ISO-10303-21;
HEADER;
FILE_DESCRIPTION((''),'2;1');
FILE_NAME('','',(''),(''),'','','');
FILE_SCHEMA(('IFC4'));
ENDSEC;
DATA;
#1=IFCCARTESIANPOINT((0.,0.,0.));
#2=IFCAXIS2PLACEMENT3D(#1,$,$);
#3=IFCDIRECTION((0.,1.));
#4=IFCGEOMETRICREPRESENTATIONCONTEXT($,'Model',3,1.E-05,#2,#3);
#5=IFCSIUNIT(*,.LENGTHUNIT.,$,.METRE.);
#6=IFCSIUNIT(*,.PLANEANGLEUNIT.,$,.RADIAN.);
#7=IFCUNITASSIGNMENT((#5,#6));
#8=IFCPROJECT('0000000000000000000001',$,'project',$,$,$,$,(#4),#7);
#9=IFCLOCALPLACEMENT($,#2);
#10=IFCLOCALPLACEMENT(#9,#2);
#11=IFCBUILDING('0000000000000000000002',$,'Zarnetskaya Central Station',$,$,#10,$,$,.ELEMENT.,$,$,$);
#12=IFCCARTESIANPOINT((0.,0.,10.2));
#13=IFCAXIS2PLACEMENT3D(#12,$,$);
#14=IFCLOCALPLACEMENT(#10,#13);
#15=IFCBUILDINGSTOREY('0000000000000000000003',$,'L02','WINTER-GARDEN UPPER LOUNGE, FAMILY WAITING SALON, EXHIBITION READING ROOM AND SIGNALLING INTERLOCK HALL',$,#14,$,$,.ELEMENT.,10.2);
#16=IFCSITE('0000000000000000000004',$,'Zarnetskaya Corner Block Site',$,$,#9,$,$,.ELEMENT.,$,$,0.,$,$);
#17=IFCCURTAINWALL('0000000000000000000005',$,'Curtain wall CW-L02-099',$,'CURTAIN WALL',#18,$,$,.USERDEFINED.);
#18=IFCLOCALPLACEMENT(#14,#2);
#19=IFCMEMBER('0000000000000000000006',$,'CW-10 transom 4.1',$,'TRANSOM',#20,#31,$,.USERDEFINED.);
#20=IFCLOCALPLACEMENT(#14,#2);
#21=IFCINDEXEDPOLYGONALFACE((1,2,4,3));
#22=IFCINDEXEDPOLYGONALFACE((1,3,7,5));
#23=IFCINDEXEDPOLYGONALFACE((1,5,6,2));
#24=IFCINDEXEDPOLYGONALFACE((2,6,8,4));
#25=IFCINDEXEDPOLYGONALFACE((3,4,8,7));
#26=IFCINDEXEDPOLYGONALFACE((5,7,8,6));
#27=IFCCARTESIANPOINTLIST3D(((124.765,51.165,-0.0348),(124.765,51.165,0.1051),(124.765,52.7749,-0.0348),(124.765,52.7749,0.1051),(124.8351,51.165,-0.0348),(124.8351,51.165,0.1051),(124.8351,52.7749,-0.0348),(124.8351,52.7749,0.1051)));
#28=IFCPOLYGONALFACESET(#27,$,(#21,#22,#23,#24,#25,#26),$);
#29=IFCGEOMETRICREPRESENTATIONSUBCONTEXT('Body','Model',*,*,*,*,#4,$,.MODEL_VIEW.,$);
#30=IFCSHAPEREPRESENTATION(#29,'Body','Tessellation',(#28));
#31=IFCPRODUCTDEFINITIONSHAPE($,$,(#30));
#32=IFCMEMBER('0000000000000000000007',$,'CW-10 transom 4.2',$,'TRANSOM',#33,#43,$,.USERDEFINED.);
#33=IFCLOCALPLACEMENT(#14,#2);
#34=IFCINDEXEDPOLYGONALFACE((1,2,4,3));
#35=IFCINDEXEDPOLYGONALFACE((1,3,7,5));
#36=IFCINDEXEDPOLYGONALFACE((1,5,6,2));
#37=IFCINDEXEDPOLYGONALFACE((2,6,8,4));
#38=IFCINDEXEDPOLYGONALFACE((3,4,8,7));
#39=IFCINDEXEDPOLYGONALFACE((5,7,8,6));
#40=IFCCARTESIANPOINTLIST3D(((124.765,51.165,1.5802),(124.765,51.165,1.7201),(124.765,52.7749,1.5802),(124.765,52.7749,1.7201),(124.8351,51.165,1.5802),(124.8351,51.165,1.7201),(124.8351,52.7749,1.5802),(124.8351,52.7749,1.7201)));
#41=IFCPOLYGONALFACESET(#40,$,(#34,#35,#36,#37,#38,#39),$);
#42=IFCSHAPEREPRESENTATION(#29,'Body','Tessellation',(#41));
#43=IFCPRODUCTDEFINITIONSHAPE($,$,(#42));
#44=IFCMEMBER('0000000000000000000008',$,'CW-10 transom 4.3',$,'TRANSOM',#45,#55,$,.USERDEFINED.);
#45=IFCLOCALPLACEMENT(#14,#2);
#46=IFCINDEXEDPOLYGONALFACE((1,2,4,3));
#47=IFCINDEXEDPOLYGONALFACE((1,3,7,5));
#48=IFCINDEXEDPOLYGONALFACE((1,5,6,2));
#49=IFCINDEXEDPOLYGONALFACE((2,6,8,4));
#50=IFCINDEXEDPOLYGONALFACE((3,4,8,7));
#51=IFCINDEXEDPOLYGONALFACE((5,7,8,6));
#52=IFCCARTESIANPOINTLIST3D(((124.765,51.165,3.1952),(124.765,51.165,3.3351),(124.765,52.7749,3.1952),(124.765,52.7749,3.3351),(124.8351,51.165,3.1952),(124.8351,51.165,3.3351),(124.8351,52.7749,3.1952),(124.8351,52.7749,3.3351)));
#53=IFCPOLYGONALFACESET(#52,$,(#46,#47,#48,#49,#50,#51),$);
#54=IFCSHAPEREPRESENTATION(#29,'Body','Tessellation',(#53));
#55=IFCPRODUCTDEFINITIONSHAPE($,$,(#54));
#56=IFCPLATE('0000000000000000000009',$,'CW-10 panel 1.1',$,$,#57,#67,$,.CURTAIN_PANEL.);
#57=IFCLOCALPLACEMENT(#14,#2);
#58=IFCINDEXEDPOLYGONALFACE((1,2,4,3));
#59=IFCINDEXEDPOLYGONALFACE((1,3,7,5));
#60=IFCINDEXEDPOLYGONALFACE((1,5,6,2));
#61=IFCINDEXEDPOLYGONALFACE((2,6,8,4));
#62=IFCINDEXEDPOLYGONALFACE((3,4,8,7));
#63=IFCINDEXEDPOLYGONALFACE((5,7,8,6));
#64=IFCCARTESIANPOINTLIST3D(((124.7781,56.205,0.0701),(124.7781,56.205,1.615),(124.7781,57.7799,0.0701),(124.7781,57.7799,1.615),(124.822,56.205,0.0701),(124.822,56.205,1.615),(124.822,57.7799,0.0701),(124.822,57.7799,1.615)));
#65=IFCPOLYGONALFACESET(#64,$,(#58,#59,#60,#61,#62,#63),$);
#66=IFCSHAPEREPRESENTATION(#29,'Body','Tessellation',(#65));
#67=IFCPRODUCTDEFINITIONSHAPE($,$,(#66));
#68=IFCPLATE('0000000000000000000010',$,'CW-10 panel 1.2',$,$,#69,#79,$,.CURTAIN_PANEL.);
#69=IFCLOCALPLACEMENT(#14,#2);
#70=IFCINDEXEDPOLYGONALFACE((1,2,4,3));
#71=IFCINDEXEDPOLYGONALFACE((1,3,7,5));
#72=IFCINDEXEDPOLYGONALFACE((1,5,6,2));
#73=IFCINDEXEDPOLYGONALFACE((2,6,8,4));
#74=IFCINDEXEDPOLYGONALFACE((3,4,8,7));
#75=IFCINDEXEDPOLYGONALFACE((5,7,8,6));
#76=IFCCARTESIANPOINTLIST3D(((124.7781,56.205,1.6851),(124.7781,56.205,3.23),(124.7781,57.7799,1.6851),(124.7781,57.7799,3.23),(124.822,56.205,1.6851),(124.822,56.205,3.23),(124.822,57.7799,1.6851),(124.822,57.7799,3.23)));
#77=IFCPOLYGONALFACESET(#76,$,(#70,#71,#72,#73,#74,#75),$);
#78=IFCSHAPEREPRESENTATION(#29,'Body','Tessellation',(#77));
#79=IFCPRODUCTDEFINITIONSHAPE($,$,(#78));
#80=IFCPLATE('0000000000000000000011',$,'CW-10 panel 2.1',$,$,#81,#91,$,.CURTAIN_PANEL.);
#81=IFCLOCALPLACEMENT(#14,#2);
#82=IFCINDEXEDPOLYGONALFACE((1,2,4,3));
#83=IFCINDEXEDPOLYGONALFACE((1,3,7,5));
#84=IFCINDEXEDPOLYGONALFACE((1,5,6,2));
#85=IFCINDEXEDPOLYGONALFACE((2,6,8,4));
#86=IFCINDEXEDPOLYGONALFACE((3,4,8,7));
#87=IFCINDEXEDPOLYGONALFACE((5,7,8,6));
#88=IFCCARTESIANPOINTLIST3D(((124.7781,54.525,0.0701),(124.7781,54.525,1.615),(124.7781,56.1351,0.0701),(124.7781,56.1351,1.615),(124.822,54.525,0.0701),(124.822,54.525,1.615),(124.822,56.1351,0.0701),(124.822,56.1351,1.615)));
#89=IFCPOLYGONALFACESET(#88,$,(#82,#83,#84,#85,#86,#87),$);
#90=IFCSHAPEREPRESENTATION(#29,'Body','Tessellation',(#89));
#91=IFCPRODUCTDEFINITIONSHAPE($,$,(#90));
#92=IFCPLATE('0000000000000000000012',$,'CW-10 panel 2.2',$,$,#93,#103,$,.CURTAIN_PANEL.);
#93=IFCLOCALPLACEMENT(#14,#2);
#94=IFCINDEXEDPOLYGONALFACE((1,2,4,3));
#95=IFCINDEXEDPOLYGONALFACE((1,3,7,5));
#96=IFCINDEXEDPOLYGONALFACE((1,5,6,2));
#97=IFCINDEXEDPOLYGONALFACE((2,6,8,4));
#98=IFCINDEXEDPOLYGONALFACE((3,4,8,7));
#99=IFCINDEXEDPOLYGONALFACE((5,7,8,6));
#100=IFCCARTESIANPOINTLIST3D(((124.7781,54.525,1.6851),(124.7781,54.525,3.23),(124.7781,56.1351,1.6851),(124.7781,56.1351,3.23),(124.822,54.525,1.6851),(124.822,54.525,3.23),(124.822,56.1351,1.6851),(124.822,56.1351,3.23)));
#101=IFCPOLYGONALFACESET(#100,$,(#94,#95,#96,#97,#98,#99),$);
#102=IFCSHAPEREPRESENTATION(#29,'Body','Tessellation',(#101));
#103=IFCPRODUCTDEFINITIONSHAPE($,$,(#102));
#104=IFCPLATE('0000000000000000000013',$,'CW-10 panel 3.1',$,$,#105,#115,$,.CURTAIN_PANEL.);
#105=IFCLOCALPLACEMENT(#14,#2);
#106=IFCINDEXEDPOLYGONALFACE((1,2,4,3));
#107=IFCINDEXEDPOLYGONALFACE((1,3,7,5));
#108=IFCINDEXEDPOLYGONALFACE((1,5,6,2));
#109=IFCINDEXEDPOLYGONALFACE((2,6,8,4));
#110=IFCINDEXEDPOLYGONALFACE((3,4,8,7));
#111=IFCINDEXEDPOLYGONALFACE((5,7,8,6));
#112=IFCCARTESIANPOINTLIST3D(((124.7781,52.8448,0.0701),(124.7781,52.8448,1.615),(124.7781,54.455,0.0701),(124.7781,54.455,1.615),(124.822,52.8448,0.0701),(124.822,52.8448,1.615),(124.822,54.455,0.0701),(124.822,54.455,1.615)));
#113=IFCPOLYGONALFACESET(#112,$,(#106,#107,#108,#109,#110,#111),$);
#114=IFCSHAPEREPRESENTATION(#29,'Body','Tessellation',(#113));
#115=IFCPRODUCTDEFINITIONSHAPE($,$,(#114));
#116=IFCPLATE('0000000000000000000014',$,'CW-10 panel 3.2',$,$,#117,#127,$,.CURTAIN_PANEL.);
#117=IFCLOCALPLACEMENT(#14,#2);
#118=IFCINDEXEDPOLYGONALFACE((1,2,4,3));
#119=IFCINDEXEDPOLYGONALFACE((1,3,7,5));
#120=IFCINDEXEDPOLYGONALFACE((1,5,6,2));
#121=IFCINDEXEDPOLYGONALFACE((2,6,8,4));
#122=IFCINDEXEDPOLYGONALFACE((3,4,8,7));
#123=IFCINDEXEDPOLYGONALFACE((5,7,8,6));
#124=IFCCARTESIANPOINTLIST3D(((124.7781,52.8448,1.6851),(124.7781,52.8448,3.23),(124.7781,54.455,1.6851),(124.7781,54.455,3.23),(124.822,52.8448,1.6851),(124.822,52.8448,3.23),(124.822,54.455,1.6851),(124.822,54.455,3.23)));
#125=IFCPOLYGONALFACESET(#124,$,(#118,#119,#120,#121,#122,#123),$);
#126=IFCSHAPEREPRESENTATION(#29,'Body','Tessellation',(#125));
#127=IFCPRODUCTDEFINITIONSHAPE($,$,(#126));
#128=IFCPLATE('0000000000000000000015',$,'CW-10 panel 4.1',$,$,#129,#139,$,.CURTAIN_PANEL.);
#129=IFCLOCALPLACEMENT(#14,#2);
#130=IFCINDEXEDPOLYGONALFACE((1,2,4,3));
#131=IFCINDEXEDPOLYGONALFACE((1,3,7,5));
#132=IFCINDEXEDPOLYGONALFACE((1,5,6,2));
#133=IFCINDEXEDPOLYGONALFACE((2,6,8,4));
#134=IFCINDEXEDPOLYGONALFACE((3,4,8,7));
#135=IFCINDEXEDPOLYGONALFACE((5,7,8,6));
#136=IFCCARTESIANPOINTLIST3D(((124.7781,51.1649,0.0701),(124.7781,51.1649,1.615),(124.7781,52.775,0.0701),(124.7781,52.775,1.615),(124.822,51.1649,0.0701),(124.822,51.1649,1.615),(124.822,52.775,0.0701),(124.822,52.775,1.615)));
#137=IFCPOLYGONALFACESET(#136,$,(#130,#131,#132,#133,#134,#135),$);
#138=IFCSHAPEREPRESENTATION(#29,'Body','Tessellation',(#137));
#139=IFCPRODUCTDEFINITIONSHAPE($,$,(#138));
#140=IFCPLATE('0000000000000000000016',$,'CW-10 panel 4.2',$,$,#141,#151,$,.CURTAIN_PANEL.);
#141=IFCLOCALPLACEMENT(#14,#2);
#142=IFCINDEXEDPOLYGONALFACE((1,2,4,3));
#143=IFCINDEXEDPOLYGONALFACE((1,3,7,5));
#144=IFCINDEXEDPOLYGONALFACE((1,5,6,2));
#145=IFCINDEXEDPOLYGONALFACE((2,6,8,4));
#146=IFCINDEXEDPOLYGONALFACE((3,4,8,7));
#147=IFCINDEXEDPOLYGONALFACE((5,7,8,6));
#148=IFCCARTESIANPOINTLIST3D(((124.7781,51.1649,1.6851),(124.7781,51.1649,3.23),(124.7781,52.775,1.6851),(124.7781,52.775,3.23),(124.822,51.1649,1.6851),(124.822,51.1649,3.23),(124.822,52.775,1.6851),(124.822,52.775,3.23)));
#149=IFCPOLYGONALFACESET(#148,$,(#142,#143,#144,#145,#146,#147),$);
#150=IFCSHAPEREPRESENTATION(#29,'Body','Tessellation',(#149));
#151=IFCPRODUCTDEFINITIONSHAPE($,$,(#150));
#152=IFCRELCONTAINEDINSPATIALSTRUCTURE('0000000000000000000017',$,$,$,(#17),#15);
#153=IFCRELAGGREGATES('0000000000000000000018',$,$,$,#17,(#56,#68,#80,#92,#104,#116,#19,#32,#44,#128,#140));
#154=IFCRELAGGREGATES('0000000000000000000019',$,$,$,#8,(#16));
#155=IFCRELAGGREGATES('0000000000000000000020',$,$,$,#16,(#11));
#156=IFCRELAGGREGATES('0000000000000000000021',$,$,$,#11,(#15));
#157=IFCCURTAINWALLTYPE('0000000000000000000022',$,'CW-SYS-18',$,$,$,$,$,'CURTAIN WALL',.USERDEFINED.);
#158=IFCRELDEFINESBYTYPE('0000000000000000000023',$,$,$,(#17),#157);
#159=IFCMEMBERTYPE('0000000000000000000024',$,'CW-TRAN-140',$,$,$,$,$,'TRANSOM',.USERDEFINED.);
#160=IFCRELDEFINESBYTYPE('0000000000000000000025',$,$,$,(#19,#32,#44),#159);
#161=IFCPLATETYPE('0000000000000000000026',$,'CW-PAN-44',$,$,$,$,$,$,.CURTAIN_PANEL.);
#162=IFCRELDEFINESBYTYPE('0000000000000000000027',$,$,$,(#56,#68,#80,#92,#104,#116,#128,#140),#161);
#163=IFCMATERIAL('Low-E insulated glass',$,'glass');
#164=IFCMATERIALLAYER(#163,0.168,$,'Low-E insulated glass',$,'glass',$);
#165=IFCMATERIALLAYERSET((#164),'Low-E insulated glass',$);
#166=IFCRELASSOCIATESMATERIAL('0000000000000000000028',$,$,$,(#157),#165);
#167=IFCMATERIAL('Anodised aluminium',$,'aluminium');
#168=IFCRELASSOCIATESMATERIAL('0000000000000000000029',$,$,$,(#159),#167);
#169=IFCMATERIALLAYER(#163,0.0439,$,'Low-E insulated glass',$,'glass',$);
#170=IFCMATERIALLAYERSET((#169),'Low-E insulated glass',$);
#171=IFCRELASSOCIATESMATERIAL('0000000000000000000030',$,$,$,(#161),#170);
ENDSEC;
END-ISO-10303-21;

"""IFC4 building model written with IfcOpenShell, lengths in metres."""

from ifc_helpers import new_model, si_unit, direction, frame, origin, origin_2d, place, context, subcontext, project, spatial, rectangle, extrude, material, layer, layer_set, material_profile, profile_set, type_object, element, aggregate, save


model = new_model("IFC4")

# Units and contexts
model_context = context("Model", 3, precision=1e-05, world=origin(), true_north=direction((0.0, 1.0)))
body_context = subcontext(model_context, "Body", "Model", "MODEL_VIEW")
ifc_project = project(units=[si_unit("LENGTHUNIT", "METRE"), si_unit("PLANEANGLEUNIT", "RADIAN")], contexts=[model_context])

# Site, building, storey
site_placement = place(None, origin())
site = spatial("IfcSite", under=ifc_project, at=site_placement, Name="Zarnetskaya Corner Block Site", CompositionType="ELEMENT", RefElevation=0.0)
building_placement = place(site_placement, origin())
building = spatial("IfcBuilding", under=site, at=building_placement, Name="Zarnetskaya Central Station", CompositionType="ELEMENT")
storey_placement = place(building_placement, frame((0.0, 0.0, 10.2)))
storey = spatial("IfcBuildingStorey", under=building, at=storey_placement, Name="L02", Description="WINTER-GARDEN UPPER LOUNGE, FAMILY WAITING SALON, EXHIBITION READING ROOM AND SIGNALLING INTERLOCK HALL", CompositionType="ELEMENT", Elevation=10.2)

# Curtain wall, members, plates
ifc_material_1 = material(Name="Low-E insulated glass", Category="glass")
ifc_layer_1 = layer(ifc_material_1, 0.168, Name="Low-E insulated glass", Category="glass")
ifc_layer_set_1 = layer_set([ifc_layer_1], Name="Low-E insulated glass")
curtain_wall_type = type_object("IfcCurtainWallType", Name="CW-SYS-18", ElementType="CURTAIN WALL", PredefinedType="USERDEFINED", material=ifc_layer_set_1)
curtain_wall_placement = place(storey_placement, origin())
curtain_wall = element("IfcCurtainWall", 1, at=curtain_wall_placement, inside=storey, type_object=curtain_wall_type, Name="Curtain wall CW-L02-099", ObjectType="CURTAIN WALL", PredefinedType="USERDEFINED")
ifc_material_2 = material(Name="Anodised aluminium", Category="aluminium")
ifc_material_profile_1 = material_profile(ifc_material_2, rectangle(XDim=0.0701, YDim=0.1399, at=origin_2d()), Name="ALU TRAN 70x140")
ifc_profile_set_1 = profile_set([ifc_material_profile_1], Name="Anodised aluminium")
member_type_1 = type_object("IfcMemberType", Name="CW-TRAN-140", ElementType="TRANSOM", PredefinedType="USERDEFINED", material=ifc_profile_set_1)
member_1_placement = place(storey_placement, frame((124.8, 52.7749, 0.0352), z_axis=(0.0, -1.0, 0.0), x_axis=(1.0, 0.0, 0.0)))
member_1 = element("IfcMember", 2, at=member_1_placement, type_object=member_type_1, Name="CW-10 transom 4.1", ObjectType="TRANSOM", PredefinedType="USERDEFINED", context=body_context, shape_type="SweptSolid", body=[
    extrude(rectangle(XDim=0.0701, YDim=0.1399, at=origin_2d()), origin(), (0.0, 0.0, 1.0), 1.6099),
])
member_2_placement = place(storey_placement, frame((124.8, 52.7749, 1.6501), z_axis=(0.0, -1.0, 0.0), x_axis=(1.0, 0.0, 0.0)))
member_2 = element("IfcMember", 3, at=member_2_placement, type_object=member_type_1, Name="CW-10 transom 4.2", ObjectType="TRANSOM", PredefinedType="USERDEFINED", context=body_context, shape_type="SweptSolid", body=[
    extrude(rectangle(XDim=0.0701, YDim=0.1399, at=origin_2d()), origin(), (0.0, 0.0, 1.0), 1.6099),
])
member_3_placement = place(storey_placement, frame((124.8, 52.7749, 3.2651), z_axis=(0.0, -1.0, 0.0), x_axis=(1.0, 0.0, 0.0)))
member_3 = element("IfcMember", 4, at=member_3_placement, type_object=member_type_1, Name="CW-10 transom 4.3", ObjectType="TRANSOM", PredefinedType="USERDEFINED", context=body_context, shape_type="SweptSolid", body=[
    extrude(rectangle(XDim=0.0701, YDim=0.1399, at=origin_2d()), origin(), (0.0, 0.0, 1.0), 1.6099),
])
ifc_layer_2 = layer(ifc_material_1, 0.0439, Name="Low-E insulated glass", Category="glass")
ifc_layer_set_2 = layer_set([ifc_layer_2], Name="Low-E insulated glass")
plate_type = type_object("IfcPlateType", Name="CW-PAN-44", PredefinedType="CURTAIN_PANEL", material=ifc_layer_set_2)
plate_1_placement = place(storey_placement, frame((124.8, 56.9924, 0.0701), z_axis=(0.0, 0.0, 1.0), x_axis=(0.0, -1.0, 0.0)))
plate_1 = element("IfcPlate", 5, at=plate_1_placement, type_object=plate_type, Name="CW-10 panel 1.1", PredefinedType="CURTAIN_PANEL", context=body_context, shape_type="SweptSolid", body=[
    extrude(rectangle(XDim=1.575, YDim=0.0439, at=origin_2d()), origin(), (0.0, 0.0, 1.0), 1.5449),
])
plate_2_placement = place(storey_placement, frame((124.8, 56.9924, 1.6851), z_axis=(0.0, 0.0, 1.0), x_axis=(0.0, -1.0, 0.0)))
plate_2 = element("IfcPlate", 6, at=plate_2_placement, type_object=plate_type, Name="CW-10 panel 1.2", PredefinedType="CURTAIN_PANEL", context=body_context, shape_type="SweptSolid", body=[
    extrude(rectangle(XDim=1.575, YDim=0.0439, at=origin_2d()), origin(), (0.0, 0.0, 1.0), 1.5449),
])
plate_3_placement = place(storey_placement, frame((124.8, 55.3301, 0.0701), z_axis=(0.0, 0.0, 1.0), x_axis=(0.0, -1.0, 0.0)))
plate_3 = element("IfcPlate", 7, at=plate_3_placement, type_object=plate_type, Name="CW-10 panel 2.1", PredefinedType="CURTAIN_PANEL", context=body_context, shape_type="SweptSolid", body=[
    extrude(rectangle(XDim=1.6101, YDim=0.0439, at=origin_2d()), origin(), (0.0, 0.0, 1.0), 1.5449),
])
plate_4_placement = place(storey_placement, frame((124.8, 55.3301, 1.6851), z_axis=(0.0, 0.0, 1.0), x_axis=(0.0, -1.0, 0.0)))
plate_4 = element("IfcPlate", 8, at=plate_4_placement, type_object=plate_type, Name="CW-10 panel 2.2", PredefinedType="CURTAIN_PANEL", context=body_context, shape_type="SweptSolid", body=[
    extrude(rectangle(XDim=1.6101, YDim=0.0439, at=origin_2d()), origin(), (0.0, 0.0, 1.0), 1.5449),
])
plate_5_placement = place(storey_placement, frame((124.8, 53.6499, 0.0701), z_axis=(0.0, 0.0, 1.0), x_axis=(0.0, -1.0, 0.0)))
plate_5 = element("IfcPlate", 9, at=plate_5_placement, type_object=plate_type, Name="CW-10 panel 3.1", PredefinedType="CURTAIN_PANEL", context=body_context, shape_type="SweptSolid", body=[
    extrude(rectangle(XDim=1.6101, YDim=0.0439, at=origin_2d()), origin(), (0.0, 0.0, 1.0), 1.5449),
])
plate_6_placement = place(storey_placement, frame((124.8, 53.6499, 1.6851), z_axis=(0.0, 0.0, 1.0), x_axis=(0.0, -1.0, 0.0)))
plate_6 = element("IfcPlate", 10, at=plate_6_placement, type_object=plate_type, Name="CW-10 panel 3.2", PredefinedType="CURTAIN_PANEL", context=body_context, shape_type="SweptSolid", body=[
    extrude(rectangle(XDim=1.6101, YDim=0.0439, at=origin_2d()), origin(), (0.0, 0.0, 1.0), 1.5449),
])
plate_7_placement = place(storey_placement, frame((124.8, 51.97, 0.0701), z_axis=(0.0, 0.0, 1.0), x_axis=(0.0, -1.0, 0.0)))
plate_7 = element("IfcPlate", 11, at=plate_7_placement, type_object=plate_type, Name="CW-10 panel 4.1", PredefinedType="CURTAIN_PANEL", context=body_context, shape_type="SweptSolid", body=[
    extrude(rectangle(XDim=1.6101, YDim=0.0439, at=origin_2d()), origin(), (0.0, 0.0, 1.0), 1.5449),
])
plate_8_placement = place(storey_placement, frame((124.8, 51.97, 1.6851), z_axis=(0.0, 0.0, 1.0), x_axis=(0.0, -1.0, 0.0)))
plate_8 = element("IfcPlate", 12, at=plate_8_placement, type_object=plate_type, Name="CW-10 panel 4.2", PredefinedType="CURTAIN_PANEL", context=body_context, shape_type="SweptSolid", body=[
    extrude(rectangle(XDim=1.6101, YDim=0.0439, at=origin_2d()), origin(), (0.0, 0.0, 1.0), 1.5449),
])
aggregate(curtain_wall, [plate_1, plate_2, plate_3, plate_4, plate_5, plate_6, member_1, member_2, member_3, plate_7, plate_8])

save(model, "model.ifc")
